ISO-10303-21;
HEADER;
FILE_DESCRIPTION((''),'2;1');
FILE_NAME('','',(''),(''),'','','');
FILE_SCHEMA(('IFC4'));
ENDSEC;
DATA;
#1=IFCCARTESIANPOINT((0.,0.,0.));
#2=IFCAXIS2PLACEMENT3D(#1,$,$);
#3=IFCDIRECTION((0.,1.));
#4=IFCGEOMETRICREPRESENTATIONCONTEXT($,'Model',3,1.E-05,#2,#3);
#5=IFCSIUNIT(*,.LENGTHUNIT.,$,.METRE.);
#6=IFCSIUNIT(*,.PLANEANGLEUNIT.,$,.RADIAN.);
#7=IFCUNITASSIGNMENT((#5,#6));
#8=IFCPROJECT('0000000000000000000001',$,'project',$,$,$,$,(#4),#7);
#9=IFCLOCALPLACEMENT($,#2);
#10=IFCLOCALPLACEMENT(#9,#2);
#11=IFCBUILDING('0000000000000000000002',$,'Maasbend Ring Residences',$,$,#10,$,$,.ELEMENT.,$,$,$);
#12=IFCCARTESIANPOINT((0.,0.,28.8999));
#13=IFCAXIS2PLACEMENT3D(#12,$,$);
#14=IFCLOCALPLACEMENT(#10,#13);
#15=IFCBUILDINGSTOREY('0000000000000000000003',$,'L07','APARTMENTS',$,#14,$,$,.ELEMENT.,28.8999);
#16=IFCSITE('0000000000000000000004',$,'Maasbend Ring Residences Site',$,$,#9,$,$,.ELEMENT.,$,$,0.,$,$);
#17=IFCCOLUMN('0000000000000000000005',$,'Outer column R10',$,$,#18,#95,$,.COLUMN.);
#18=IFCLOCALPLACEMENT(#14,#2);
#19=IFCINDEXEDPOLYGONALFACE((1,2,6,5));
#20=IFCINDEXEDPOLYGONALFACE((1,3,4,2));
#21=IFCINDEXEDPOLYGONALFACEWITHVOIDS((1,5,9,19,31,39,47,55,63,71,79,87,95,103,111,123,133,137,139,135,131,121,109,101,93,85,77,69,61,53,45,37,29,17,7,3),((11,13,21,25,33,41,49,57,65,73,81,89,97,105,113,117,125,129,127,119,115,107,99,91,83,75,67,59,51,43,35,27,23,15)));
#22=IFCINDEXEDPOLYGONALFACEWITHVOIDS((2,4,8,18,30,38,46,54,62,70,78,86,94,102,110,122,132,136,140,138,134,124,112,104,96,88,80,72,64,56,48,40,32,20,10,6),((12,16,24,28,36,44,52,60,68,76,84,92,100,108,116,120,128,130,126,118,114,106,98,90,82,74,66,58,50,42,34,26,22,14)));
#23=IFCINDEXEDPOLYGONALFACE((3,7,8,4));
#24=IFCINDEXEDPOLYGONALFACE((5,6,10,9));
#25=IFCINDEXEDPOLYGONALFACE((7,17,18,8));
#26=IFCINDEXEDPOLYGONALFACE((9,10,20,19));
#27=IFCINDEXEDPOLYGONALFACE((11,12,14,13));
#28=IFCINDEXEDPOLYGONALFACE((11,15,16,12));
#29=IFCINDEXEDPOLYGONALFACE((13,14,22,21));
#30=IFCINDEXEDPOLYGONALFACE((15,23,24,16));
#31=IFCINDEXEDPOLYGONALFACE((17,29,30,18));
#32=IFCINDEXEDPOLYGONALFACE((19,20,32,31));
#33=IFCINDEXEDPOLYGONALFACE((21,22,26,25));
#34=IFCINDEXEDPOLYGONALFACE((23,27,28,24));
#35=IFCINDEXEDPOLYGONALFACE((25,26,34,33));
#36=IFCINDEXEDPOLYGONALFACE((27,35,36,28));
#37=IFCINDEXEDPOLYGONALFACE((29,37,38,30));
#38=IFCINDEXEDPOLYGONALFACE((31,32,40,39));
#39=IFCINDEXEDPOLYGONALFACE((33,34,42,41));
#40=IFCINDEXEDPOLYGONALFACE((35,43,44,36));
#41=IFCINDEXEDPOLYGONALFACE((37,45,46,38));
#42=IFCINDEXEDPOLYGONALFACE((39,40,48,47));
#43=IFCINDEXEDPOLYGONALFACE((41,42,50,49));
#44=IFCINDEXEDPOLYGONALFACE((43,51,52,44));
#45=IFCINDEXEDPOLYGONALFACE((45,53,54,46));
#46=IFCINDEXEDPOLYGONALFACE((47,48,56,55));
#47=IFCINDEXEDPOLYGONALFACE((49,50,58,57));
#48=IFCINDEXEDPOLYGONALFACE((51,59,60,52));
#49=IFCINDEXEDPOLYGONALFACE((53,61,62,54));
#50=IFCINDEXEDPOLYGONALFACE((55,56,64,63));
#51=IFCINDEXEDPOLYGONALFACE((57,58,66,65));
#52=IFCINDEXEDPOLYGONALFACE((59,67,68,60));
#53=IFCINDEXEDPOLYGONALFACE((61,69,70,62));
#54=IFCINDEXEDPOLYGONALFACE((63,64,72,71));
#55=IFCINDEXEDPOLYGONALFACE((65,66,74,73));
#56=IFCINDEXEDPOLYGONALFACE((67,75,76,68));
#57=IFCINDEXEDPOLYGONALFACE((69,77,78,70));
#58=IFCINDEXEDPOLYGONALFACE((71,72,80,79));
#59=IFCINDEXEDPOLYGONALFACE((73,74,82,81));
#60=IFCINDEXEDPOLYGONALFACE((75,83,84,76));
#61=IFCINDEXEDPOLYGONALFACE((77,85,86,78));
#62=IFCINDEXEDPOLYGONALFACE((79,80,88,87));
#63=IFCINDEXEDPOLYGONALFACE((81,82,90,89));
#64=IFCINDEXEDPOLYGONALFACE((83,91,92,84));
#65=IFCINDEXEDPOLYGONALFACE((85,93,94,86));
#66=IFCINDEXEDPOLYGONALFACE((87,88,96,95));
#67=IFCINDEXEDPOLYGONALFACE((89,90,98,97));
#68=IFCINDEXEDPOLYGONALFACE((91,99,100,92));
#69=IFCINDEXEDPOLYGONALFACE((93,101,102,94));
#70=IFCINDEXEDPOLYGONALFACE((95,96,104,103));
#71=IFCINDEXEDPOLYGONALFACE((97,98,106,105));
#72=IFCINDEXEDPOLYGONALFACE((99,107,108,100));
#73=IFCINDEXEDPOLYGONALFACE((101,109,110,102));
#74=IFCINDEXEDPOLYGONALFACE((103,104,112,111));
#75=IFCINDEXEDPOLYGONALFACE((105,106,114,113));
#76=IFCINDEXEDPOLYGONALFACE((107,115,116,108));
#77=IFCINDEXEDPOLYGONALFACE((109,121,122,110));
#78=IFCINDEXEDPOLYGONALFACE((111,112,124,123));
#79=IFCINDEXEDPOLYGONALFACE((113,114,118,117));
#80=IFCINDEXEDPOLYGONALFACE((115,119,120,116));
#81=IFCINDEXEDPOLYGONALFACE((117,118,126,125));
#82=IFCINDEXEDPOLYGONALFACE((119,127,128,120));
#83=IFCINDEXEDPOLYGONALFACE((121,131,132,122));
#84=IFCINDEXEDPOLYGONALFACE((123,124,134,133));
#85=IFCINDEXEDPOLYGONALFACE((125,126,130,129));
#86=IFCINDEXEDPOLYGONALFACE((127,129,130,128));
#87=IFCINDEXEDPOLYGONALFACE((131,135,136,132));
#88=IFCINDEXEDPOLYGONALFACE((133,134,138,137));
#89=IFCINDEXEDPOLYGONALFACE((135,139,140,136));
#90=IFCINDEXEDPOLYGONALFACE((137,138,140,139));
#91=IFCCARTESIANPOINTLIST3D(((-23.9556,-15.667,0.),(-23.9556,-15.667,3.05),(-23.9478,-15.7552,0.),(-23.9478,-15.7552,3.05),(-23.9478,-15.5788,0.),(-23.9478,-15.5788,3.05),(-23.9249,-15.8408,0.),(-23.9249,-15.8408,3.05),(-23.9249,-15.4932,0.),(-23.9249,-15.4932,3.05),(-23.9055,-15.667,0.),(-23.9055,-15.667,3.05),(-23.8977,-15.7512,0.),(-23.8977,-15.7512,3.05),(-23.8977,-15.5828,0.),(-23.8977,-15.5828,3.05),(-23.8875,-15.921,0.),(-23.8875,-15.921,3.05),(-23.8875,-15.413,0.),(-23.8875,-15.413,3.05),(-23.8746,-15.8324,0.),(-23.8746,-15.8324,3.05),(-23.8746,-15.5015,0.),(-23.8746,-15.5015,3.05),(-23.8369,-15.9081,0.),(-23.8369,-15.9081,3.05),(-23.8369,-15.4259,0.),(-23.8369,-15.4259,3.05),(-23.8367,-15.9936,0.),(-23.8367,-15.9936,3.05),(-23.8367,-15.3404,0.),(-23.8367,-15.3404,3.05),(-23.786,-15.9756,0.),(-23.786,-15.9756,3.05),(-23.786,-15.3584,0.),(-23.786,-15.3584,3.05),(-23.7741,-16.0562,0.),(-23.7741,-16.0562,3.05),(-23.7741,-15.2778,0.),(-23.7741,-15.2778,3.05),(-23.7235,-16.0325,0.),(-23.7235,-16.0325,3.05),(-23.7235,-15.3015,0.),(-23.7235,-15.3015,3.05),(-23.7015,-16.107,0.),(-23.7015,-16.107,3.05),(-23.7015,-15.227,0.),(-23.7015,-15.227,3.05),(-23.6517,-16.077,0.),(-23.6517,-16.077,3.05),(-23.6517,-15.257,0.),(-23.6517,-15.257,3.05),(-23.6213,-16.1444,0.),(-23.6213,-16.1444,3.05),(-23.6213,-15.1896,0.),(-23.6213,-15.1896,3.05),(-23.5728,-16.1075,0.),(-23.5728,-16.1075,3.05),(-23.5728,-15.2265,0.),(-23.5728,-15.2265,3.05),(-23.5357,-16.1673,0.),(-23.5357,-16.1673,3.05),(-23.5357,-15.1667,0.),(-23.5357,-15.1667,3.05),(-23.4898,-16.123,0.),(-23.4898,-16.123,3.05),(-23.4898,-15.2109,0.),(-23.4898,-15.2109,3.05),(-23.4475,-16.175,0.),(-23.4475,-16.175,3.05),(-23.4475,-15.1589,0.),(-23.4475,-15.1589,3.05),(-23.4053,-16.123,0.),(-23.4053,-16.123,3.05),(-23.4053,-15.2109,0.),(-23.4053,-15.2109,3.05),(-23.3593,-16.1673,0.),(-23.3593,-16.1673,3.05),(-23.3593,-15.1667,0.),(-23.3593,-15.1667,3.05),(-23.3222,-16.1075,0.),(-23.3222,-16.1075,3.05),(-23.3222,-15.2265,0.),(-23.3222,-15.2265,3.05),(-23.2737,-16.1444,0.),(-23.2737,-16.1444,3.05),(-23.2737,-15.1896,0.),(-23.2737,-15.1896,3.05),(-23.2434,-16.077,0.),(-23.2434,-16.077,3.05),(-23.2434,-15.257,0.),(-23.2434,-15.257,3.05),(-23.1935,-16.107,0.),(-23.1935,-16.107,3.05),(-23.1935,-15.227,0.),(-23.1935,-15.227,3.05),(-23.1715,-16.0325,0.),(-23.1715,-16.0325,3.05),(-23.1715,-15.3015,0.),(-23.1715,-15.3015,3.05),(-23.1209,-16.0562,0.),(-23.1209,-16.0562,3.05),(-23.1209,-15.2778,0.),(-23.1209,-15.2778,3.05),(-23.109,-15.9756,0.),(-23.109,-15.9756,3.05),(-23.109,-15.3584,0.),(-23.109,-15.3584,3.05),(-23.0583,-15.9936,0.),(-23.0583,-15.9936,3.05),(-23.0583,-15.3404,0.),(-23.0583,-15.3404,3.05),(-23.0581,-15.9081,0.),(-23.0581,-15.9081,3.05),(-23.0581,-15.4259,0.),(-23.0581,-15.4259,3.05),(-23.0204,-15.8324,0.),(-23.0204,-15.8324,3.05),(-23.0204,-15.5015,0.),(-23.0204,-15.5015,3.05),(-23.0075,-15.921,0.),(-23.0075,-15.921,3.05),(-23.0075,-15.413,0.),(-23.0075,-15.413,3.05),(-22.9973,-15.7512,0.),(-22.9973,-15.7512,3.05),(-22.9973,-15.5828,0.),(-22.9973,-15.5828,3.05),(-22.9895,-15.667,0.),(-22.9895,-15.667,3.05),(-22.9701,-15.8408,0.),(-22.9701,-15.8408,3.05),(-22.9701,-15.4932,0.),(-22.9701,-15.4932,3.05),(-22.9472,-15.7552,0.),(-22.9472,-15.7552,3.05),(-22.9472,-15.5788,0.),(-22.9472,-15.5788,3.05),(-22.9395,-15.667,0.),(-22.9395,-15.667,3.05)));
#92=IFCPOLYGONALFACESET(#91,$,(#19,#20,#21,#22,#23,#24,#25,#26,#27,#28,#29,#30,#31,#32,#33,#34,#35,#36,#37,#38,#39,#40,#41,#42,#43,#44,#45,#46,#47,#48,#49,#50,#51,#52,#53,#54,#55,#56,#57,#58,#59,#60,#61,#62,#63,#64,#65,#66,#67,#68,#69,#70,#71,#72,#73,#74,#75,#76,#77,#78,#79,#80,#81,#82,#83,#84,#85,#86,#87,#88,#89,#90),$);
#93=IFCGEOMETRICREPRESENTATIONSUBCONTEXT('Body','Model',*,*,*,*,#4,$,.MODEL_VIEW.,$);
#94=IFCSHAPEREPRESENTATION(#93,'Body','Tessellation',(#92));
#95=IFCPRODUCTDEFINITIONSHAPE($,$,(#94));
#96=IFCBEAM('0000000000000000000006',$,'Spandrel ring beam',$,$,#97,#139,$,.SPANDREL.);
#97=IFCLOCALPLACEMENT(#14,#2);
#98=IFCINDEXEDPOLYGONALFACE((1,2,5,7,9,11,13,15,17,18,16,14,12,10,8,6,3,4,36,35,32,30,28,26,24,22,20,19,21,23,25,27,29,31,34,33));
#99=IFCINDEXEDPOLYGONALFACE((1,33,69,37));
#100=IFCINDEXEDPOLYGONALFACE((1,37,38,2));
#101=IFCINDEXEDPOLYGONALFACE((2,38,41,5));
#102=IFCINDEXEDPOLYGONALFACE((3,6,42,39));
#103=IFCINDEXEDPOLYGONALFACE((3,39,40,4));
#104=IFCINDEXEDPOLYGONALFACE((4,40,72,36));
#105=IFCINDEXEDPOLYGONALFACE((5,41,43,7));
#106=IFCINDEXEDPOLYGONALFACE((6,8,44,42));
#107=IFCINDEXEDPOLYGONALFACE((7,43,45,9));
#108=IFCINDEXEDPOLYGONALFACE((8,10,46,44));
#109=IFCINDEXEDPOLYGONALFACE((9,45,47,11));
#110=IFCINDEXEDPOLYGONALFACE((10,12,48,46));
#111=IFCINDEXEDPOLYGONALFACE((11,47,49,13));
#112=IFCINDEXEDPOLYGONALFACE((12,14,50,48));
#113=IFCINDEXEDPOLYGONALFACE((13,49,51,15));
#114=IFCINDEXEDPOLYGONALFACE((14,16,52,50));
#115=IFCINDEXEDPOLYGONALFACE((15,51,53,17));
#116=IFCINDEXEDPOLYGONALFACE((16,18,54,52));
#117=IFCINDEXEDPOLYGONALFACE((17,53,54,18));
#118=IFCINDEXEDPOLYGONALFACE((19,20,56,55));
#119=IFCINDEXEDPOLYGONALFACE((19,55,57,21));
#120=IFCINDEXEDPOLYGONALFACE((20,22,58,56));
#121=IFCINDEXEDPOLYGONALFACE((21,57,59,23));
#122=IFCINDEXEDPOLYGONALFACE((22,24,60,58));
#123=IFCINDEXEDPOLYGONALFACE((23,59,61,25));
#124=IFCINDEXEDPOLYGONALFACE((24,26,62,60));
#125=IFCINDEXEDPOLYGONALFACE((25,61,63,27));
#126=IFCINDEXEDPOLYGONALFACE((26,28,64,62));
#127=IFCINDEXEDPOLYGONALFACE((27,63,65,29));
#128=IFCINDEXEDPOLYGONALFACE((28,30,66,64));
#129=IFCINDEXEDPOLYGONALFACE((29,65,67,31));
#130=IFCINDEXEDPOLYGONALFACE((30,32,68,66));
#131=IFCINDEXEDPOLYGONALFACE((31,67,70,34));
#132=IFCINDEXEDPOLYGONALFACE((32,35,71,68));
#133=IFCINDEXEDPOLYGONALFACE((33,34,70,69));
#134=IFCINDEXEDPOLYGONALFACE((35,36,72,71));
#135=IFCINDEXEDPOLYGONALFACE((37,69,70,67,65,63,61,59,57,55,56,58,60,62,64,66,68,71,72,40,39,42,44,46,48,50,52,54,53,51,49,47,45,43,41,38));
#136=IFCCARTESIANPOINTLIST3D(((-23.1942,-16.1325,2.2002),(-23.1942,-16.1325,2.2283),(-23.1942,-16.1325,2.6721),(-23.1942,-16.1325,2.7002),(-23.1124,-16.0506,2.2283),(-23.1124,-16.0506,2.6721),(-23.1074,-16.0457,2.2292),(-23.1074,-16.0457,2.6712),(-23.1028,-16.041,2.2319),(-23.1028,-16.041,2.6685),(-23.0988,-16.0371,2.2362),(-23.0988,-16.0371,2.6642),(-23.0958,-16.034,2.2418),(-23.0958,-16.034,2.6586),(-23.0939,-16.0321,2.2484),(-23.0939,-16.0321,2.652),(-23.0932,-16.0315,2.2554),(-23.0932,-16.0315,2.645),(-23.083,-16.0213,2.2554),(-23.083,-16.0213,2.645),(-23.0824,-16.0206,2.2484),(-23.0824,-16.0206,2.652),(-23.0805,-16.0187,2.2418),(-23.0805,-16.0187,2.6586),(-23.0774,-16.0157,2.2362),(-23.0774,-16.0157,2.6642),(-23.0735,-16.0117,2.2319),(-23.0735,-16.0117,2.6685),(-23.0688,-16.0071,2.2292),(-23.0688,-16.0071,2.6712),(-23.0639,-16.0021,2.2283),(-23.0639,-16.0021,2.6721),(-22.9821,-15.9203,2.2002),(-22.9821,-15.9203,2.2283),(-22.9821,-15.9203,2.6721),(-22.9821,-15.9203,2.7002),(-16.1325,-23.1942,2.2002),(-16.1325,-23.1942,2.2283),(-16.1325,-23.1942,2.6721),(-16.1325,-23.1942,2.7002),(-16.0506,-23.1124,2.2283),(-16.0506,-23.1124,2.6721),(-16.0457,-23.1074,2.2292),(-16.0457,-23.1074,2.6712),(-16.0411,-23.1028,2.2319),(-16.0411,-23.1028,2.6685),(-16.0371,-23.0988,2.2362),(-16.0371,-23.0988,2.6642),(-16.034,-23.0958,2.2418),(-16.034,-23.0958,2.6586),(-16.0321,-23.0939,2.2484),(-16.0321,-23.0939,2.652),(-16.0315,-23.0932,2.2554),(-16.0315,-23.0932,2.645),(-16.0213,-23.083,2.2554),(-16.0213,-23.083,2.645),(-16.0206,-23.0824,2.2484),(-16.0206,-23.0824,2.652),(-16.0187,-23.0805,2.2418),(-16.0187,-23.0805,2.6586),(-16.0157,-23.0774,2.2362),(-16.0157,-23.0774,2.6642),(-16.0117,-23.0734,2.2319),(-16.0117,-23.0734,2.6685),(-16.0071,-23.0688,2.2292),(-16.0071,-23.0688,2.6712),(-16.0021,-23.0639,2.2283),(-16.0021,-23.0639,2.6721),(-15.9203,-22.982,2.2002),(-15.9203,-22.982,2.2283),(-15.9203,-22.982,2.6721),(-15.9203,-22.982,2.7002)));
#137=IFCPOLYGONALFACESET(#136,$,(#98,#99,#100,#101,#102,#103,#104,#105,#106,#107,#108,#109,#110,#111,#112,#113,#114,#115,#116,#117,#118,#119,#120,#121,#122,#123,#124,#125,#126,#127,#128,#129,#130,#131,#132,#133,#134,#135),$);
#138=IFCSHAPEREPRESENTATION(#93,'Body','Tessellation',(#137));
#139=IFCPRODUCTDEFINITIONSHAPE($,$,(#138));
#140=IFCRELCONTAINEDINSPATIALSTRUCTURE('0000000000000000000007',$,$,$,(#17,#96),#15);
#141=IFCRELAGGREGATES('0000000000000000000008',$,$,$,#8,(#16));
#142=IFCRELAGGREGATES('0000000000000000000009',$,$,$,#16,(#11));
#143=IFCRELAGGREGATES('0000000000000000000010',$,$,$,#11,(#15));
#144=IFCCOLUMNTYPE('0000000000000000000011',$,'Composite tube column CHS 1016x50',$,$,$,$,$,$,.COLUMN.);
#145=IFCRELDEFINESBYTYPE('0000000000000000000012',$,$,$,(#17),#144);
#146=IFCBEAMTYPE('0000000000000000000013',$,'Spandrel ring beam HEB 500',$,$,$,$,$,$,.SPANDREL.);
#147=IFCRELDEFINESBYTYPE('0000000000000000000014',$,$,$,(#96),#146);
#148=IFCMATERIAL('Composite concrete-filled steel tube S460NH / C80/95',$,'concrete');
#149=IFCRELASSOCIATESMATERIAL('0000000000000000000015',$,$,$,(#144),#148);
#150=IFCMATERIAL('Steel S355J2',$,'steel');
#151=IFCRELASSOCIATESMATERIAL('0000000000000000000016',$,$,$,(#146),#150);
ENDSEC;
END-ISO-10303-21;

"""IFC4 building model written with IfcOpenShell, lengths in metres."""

from ifc_helpers import new_model, si_unit, direction, frame, origin, origin_2d, place, context, subcontext, project, spatial, hollow_circle, i_section, extrude, material, material_profile, profile_set, type_object, element, save


model = new_model("IFC4")

# Units and contexts
model_context = context("Model", 3, precision=1e-05, world=origin(), true_north=direction((0.0, 1.0)))
body_context = subcontext(model_context, "Body", "Model", "MODEL_VIEW")
ifc_project = project(units=[si_unit("LENGTHUNIT", "METRE"), si_unit("PLANEANGLEUNIT", "RADIAN")], contexts=[model_context])

# Site, building, storey
site_placement = place(None, origin())
site = spatial("IfcSite", under=ifc_project, at=site_placement, Name="Maasbend Ring Residences Site", CompositionType="ELEMENT", RefElevation=0.0)
building_placement = place(site_placement, origin())
building = spatial("IfcBuilding", under=site, at=building_placement, Name="Maasbend Ring Residences", CompositionType="ELEMENT")
storey_placement = place(building_placement, frame((0.0, 0.0, 28.8999)))
storey = spatial("IfcBuildingStorey", under=building, at=storey_placement, Name="L07", Description="APARTMENTS", CompositionType="ELEMENT", Elevation=28.8999)

# Column
ifc_material_1 = material(Name="Composite concrete-filled steel tube S460NH / C80/95", Category="concrete")
ifc_material_profile_1 = material_profile(ifc_material_1, hollow_circle(Radius=0.5081, WallThickness=0.05, at=origin_2d()), Name="Composite tube column CHS 1016x50")
ifc_profile_set_1 = profile_set([ifc_material_profile_1], Name="Composite concrete-filled steel tube S460NH / C80/95")
column_type = type_object("IfcColumnType", Name="Composite tube column CHS 1016x50", PredefinedType="COLUMN", material=ifc_profile_set_1)
column_placement = place(storey_placement, frame((-23.4475, -15.667, 0.0), z_axis=(0.0, 0.0, 1.0), x_axis=(1.0, 0.0, 0.0)))
element("IfcColumn", 1, at=column_placement, inside=storey, type_object=column_type, Name="Outer column R10", PredefinedType="COLUMN", context=body_context, shape_type="SweptSolid", body=[
    extrude(hollow_circle(Radius=0.5081, WallThickness=0.05, at=origin_2d()), origin(), (0.0, 0.0, 1.0), 3.05),
])

# Beam
ifc_material_2 = material(Name="Steel S355J2", Category="steel")
ifc_material_profile_2 = material_profile(ifc_material_2, i_section(OverallWidth=0.3, OverallDepth=0.5, WebThickness=0.0144, FlangeThickness=0.0281, FilletRadius=0.0271, at=origin_2d()), Name="HEB 500")
ifc_profile_set_2 = profile_set([ifc_material_profile_2], Name="Steel S355J2")
beam_type = type_object("IfcBeamType", Name="Spandrel ring beam HEB 500", PredefinedType="SPANDREL", material=ifc_profile_set_2)
beam_placement = place(storey_placement, frame((-23.0881, -16.0264, 2.4502), z_axis=(0.707107, -0.707107, 0.0), x_axis=(0.707107, 0.707107, 0.0)))
element("IfcBeam", 2, at=beam_placement, inside=storey, type_object=beam_type, Name="Spandrel ring beam", PredefinedType="SPANDREL", context=body_context, shape_type="SweptSolid", body=[
    extrude(i_section(OverallWidth=0.3, OverallDepth=0.5, WebThickness=0.0144, FlangeThickness=0.0281, FilletRadius=0.0271, at=origin_2d()), origin(), (0.0, 0.0, 1.0), 9.9868),
])

save(model, "model.ifc")
